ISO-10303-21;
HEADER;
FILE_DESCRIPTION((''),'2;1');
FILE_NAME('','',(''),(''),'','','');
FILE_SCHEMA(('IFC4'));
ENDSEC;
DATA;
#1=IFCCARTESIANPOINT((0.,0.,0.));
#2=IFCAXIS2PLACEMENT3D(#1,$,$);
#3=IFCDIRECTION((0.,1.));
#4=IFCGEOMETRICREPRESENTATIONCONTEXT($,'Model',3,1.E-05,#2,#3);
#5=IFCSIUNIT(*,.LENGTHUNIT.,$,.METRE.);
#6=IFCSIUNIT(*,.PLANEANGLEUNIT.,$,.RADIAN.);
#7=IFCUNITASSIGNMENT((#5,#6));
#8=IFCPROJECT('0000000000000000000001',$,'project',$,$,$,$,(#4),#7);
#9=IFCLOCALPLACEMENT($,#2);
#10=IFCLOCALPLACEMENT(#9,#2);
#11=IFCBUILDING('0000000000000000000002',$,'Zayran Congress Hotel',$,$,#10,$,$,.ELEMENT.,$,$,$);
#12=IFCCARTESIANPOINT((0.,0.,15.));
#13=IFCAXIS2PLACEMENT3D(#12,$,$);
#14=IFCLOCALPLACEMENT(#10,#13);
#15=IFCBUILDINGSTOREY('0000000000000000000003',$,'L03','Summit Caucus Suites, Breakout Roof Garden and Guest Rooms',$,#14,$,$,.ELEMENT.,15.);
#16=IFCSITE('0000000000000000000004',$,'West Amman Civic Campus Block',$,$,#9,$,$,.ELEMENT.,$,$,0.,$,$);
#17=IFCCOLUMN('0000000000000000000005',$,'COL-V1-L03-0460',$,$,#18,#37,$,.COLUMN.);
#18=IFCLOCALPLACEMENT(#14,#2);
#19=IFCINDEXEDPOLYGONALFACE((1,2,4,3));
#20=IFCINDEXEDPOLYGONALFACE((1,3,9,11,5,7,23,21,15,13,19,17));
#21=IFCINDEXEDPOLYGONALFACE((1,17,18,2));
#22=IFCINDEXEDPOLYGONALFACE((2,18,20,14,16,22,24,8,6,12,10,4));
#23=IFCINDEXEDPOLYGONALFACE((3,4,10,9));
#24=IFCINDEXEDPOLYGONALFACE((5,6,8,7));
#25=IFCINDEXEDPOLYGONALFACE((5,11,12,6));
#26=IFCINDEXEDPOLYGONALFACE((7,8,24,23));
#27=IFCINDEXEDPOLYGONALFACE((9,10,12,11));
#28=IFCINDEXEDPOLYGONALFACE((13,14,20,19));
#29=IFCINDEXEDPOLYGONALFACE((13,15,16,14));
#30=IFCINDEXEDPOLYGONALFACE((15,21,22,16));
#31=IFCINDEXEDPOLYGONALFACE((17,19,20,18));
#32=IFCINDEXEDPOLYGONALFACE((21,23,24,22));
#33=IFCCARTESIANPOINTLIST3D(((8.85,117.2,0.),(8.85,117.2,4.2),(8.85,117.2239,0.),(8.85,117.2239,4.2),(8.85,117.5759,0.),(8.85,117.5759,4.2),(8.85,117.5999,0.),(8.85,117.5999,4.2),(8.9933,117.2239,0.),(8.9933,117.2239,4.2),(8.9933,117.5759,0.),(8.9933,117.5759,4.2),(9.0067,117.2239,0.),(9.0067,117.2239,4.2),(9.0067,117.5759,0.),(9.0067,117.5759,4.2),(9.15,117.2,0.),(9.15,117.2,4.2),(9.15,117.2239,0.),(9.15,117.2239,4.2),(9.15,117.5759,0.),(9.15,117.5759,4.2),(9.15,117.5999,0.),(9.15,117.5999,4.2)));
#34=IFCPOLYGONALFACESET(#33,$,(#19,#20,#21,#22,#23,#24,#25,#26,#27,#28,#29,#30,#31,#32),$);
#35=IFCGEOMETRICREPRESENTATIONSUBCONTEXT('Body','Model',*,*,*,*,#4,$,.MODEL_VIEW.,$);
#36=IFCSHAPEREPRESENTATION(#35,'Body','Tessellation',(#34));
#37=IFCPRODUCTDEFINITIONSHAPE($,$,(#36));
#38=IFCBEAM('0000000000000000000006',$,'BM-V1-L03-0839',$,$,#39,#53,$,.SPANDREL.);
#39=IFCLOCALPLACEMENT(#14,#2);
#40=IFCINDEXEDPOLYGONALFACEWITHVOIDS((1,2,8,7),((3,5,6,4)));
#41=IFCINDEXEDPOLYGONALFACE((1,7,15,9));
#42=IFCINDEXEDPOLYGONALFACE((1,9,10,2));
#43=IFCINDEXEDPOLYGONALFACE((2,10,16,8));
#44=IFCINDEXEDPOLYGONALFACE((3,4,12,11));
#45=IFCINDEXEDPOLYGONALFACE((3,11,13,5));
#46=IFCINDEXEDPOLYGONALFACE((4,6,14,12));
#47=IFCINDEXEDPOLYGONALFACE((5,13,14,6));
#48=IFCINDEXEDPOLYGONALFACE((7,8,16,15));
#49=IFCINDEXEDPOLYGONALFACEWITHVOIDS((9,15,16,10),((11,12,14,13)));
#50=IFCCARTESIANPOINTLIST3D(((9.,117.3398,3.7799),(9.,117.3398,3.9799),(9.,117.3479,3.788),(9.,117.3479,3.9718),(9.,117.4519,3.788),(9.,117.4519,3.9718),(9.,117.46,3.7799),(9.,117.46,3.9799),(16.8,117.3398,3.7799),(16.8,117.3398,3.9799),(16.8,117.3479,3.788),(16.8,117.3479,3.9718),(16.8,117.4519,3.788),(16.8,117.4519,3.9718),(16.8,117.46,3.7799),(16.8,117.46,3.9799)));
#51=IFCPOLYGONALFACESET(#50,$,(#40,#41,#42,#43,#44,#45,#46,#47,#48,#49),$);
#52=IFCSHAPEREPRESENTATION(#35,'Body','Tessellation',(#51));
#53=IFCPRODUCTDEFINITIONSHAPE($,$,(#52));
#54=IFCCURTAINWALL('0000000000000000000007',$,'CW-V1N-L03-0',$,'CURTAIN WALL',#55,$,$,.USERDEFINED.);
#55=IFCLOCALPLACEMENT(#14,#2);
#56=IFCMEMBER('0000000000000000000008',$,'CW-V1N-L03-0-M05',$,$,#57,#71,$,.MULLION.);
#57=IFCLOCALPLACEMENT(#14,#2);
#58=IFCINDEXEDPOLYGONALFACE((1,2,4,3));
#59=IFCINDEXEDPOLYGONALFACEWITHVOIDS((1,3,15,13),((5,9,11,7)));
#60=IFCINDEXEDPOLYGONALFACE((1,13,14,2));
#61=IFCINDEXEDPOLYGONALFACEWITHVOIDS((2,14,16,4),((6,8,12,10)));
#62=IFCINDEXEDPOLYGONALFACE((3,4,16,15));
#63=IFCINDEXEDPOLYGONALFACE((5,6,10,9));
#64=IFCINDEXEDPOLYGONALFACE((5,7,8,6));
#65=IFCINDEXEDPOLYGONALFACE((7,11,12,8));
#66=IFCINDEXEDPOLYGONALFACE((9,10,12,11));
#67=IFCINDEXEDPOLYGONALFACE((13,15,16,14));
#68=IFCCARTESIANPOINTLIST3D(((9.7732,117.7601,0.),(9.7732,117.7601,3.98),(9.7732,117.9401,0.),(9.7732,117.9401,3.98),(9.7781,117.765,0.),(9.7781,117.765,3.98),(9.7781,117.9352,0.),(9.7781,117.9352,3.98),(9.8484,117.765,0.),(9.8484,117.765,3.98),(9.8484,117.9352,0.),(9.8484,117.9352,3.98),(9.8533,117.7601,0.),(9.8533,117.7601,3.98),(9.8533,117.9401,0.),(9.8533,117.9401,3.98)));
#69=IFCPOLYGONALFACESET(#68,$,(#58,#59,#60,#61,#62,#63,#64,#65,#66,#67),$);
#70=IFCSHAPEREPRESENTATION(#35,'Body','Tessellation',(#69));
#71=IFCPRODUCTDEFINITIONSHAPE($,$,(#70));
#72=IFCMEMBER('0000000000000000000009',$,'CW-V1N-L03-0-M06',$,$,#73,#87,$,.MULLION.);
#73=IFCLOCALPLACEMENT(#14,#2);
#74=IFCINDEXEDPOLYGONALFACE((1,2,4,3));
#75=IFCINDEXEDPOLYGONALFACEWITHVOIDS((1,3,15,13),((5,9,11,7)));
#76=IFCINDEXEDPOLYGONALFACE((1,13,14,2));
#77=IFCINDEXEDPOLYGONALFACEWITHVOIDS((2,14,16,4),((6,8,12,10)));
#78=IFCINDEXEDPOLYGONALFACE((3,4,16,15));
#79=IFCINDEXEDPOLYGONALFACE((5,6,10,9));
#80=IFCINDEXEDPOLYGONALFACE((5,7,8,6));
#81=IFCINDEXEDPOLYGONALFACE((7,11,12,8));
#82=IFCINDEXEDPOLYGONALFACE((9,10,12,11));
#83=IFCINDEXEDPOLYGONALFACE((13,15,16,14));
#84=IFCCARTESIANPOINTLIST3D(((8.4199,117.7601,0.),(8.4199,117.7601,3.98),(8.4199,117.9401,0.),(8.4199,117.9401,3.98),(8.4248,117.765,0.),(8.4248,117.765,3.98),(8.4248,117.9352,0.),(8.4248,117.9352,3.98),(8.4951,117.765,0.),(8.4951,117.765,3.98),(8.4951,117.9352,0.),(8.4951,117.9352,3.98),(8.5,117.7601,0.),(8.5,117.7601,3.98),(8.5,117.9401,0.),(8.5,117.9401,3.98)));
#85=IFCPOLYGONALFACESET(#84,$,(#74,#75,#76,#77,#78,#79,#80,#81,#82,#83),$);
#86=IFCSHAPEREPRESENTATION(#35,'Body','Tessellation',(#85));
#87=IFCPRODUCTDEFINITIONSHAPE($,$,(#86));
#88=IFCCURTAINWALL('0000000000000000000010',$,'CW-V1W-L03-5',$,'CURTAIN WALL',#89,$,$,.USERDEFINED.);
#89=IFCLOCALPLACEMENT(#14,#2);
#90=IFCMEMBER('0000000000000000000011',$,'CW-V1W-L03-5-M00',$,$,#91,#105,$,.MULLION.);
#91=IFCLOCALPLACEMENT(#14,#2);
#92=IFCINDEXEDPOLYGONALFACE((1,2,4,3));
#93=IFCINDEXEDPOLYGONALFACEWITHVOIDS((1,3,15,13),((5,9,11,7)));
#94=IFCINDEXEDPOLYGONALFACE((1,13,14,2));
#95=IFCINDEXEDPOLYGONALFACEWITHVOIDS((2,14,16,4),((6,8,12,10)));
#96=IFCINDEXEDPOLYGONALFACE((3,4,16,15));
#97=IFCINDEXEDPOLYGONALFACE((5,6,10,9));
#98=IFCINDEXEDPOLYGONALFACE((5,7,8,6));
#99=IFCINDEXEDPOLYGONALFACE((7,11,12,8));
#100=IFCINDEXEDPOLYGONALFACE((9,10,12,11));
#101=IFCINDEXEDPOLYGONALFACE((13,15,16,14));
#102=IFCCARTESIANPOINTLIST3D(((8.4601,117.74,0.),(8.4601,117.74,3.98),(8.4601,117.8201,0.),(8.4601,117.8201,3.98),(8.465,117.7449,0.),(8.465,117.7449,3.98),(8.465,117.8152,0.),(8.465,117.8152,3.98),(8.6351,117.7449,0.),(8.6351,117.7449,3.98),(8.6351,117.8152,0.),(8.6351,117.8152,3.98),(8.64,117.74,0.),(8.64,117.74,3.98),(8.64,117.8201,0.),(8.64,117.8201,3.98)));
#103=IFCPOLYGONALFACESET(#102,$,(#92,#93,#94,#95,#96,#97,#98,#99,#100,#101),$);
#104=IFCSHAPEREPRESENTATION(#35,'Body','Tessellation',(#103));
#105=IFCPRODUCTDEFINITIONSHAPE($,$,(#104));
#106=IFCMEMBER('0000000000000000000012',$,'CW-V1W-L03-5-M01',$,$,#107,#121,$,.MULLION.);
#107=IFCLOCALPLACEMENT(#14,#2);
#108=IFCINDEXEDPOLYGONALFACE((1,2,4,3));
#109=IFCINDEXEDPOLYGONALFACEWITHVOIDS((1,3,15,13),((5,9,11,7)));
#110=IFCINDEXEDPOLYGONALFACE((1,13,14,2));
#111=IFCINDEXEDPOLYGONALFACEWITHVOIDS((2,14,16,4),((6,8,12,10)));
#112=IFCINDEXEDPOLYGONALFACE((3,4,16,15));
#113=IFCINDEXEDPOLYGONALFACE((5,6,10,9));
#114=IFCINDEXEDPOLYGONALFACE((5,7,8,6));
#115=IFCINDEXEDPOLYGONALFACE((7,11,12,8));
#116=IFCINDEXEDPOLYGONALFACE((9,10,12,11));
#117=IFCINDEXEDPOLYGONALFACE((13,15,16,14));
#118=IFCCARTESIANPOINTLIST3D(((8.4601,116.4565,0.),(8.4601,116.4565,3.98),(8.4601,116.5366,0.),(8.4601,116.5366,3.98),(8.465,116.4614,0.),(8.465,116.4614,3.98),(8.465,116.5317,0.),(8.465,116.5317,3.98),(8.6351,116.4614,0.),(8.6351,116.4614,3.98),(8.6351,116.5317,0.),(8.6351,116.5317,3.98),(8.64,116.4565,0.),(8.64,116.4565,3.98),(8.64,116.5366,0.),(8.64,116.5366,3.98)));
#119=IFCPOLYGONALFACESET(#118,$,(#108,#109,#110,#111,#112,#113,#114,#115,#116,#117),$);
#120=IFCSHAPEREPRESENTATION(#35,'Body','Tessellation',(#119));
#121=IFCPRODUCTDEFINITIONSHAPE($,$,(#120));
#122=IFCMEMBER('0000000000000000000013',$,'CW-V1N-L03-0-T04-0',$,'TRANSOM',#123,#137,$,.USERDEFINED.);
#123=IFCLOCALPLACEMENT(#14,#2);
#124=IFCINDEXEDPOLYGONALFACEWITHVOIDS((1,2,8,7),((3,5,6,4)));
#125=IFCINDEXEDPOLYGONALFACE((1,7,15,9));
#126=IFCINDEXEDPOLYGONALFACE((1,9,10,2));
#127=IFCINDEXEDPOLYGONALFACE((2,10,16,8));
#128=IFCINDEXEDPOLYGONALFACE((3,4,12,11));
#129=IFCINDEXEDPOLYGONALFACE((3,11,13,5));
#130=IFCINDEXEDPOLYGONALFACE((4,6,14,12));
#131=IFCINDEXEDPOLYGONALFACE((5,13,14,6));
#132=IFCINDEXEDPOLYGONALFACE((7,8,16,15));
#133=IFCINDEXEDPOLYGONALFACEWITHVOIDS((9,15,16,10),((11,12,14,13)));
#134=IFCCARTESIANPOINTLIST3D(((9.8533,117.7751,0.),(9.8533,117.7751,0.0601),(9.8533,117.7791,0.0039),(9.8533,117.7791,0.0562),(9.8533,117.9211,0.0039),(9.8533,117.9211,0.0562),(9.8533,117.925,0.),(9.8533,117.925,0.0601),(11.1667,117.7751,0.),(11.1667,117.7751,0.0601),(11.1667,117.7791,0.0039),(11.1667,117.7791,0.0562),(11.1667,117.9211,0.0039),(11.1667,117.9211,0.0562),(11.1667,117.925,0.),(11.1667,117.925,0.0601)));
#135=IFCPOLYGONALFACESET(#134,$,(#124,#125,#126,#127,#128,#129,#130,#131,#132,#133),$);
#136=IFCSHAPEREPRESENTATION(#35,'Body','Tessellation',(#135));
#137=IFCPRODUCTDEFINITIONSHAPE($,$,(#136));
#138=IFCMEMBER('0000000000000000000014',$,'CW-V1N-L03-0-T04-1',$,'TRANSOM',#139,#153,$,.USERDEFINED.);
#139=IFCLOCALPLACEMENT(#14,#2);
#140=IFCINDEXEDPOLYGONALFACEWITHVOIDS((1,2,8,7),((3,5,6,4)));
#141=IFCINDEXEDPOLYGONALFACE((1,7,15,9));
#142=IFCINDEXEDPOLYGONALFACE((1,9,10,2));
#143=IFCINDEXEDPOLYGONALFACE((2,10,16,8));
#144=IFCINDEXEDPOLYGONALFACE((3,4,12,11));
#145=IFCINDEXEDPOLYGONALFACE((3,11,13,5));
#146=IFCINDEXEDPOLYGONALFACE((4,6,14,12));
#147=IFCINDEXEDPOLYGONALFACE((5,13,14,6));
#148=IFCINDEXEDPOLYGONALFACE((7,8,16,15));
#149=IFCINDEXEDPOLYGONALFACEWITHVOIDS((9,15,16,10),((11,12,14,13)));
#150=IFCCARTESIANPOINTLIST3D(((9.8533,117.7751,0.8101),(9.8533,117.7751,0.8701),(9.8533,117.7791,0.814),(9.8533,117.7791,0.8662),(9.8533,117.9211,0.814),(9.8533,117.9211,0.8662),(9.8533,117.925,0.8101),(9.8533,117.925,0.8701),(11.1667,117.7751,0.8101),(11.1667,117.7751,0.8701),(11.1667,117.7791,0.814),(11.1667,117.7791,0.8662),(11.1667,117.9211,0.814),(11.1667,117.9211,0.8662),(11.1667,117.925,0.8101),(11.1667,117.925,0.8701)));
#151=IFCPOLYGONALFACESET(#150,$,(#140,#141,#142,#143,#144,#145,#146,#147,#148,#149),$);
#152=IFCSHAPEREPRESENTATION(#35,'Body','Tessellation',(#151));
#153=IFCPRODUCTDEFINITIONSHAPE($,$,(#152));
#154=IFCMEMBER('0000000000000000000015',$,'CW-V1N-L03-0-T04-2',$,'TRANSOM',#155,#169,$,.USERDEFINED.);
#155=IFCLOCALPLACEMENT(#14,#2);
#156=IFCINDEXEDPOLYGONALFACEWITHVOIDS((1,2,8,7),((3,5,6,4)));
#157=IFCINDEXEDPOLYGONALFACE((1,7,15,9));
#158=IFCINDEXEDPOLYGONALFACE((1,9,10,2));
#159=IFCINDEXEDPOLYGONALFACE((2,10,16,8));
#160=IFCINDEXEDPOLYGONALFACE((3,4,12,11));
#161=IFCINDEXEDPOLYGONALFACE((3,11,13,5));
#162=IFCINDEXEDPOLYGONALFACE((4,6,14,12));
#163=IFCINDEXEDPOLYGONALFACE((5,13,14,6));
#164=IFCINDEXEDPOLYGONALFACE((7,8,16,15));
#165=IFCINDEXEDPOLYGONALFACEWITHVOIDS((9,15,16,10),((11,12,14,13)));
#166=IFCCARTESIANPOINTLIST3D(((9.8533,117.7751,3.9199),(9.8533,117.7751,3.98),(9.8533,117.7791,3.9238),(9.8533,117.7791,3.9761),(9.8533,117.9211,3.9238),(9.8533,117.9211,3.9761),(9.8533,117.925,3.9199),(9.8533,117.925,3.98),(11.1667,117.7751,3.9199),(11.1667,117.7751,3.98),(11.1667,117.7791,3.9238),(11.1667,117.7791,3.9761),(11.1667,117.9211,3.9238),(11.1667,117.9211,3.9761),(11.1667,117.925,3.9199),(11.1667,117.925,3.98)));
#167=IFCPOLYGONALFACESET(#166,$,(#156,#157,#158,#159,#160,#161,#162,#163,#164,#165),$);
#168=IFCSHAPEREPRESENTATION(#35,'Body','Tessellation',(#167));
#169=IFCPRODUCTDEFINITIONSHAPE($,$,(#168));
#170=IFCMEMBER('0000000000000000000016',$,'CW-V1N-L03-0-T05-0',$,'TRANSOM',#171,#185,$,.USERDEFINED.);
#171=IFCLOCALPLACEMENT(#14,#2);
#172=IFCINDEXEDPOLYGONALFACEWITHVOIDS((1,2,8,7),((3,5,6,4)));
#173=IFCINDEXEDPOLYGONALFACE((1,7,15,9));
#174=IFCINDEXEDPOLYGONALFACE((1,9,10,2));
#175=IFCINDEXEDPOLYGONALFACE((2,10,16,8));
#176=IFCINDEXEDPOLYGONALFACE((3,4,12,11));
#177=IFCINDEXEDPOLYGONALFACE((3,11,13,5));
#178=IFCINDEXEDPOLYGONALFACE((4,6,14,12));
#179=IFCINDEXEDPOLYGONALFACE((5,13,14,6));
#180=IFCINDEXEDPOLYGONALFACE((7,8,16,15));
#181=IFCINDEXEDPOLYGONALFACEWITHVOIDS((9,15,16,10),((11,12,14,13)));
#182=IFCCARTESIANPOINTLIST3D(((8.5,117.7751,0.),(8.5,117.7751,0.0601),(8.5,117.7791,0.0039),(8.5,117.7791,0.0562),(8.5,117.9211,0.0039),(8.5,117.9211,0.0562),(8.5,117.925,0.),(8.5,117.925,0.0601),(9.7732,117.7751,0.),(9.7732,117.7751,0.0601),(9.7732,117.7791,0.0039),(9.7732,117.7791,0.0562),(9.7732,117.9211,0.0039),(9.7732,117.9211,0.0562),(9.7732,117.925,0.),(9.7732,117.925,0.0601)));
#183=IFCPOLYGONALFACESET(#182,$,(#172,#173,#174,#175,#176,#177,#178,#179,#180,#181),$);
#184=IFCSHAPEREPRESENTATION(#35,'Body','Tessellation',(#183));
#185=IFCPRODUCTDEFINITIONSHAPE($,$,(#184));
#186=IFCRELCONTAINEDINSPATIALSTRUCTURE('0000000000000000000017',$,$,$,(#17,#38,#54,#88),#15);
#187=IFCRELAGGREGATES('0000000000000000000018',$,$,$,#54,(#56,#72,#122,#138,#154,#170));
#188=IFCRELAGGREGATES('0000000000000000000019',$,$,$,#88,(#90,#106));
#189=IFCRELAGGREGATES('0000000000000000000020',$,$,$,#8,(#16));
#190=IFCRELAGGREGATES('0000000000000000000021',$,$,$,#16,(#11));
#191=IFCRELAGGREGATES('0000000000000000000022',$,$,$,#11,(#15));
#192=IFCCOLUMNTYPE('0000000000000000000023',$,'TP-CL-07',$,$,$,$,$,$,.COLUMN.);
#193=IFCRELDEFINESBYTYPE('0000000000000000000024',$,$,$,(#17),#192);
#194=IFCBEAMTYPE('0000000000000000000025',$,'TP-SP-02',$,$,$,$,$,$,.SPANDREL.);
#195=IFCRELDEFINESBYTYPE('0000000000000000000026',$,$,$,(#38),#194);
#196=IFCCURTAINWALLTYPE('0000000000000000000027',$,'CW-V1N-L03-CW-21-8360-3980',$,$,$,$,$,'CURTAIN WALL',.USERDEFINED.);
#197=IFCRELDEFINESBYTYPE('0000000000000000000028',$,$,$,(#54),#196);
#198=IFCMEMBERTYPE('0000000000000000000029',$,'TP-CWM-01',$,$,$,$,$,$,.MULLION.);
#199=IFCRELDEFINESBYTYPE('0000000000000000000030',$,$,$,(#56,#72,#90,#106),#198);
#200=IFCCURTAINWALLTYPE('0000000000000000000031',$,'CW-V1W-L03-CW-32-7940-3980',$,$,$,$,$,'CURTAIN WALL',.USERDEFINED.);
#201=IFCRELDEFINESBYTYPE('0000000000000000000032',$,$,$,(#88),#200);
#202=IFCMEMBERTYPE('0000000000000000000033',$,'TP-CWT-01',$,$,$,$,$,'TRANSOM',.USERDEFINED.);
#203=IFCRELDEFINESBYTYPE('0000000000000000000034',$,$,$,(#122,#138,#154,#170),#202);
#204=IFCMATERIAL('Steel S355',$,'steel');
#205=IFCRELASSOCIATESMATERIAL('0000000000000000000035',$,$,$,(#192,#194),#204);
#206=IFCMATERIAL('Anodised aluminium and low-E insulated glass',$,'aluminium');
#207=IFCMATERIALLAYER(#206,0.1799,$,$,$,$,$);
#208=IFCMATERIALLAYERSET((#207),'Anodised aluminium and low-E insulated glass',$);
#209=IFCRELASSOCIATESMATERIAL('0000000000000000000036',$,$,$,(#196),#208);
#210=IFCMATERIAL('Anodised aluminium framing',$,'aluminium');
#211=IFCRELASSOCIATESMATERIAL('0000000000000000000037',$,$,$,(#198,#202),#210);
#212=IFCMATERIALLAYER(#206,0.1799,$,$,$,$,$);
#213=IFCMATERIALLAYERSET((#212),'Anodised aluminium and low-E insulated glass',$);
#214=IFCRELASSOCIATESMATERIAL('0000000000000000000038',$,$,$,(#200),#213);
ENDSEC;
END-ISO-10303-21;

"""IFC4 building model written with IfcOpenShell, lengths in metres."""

from ifc_helpers import new_model, si_unit, direction, frame, origin, origin_2d, place, context, subcontext, project, spatial, hollow_rectangle, i_section, extrude, material, layer, layer_set, material_profile, profile_set, type_object, element, aggregate, save


model = new_model("IFC4")

# Units and contexts
model_context = context("Model", 3, precision=1e-05, world=origin(), true_north=direction((0.0, 1.0)))
body_context = subcontext(model_context, "Body", "Model", "MODEL_VIEW")
ifc_project = project(units=[si_unit("LENGTHUNIT", "METRE"), si_unit("PLANEANGLEUNIT", "RADIAN")], contexts=[model_context])

# Site, building, storey
site_placement = place(None, origin())
site = spatial("IfcSite", under=ifc_project, at=site_placement, Name="West Amman Civic Campus Block", CompositionType="ELEMENT", RefElevation=0.0)
building_placement = place(site_placement, origin())
building = spatial("IfcBuilding", under=site, at=building_placement, Name="Zayran Congress Hotel", CompositionType="ELEMENT")
storey_placement = place(building_placement, frame((0.0, 0.0, 15.0)))
storey = spatial("IfcBuildingStorey", under=building, at=storey_placement, Name="L03", Description="Summit Caucus Suites, Breakout Roof Garden and Guest Rooms", CompositionType="ELEMENT", Elevation=15.0)

# Column
ifc_material_1 = material(Name="Steel S355", Category="steel")
ifc_material_profile_1 = material_profile(ifc_material_1, i_section(OverallWidth=0.3, OverallDepth=0.3999, WebThickness=0.0134, FlangeThickness=0.0239, at=origin_2d()), Name="HEB 400")
ifc_profile_set_1 = profile_set([ifc_material_profile_1], Name="Steel S355")
column_type = type_object("IfcColumnType", Name="TP-CL-07", PredefinedType="COLUMN", material=ifc_profile_set_1)
column_placement = place(storey_placement, frame((9.0, 117.3999, 0.0), z_axis=(0.0, 0.0, 1.0), x_axis=(1.0, 0.0, 0.0)))
element("IfcColumn", 1, at=column_placement, inside=storey, type_object=column_type, Name="COL-V1-L03-0460", PredefinedType="COLUMN", context=body_context, shape_type="SweptSolid", body=[
    extrude(i_section(OverallWidth=0.3, OverallDepth=0.3999, WebThickness=0.0134, FlangeThickness=0.0239, at=origin_2d()), origin(), (0.0, 0.0, 1.0), 4.2),
])

# Beam
ifc_material_profile_2 = material_profile(ifc_material_1, hollow_rectangle(XDim=0.1201, YDim=0.2, WallThickness=0.0081, at=origin_2d()), Name="RHS 200x120x8")
ifc_profile_set_2 = profile_set([ifc_material_profile_2], Name="Steel S355")
beam_type = type_object("IfcBeamType", Name="TP-SP-02", PredefinedType="SPANDREL", material=ifc_profile_set_2)
beam_placement = place(storey_placement, frame((9.0, 117.3999, 3.8799), z_axis=(1.0, 0.0, 0.0), x_axis=(0.0, 1.0, 0.0)))
element("IfcBeam", 2, at=beam_placement, inside=storey, type_object=beam_type, Name="BM-V1-L03-0839", PredefinedType="SPANDREL", context=body_context, shape_type="SweptSolid", body=[
    extrude(hollow_rectangle(XDim=0.1201, YDim=0.2, WallThickness=0.0081, at=origin_2d()), origin(), (0.0, 0.0, 1.0), 7.8),
])

# Curtain walls, members
ifc_material_2 = material(Name="Anodised aluminium and low-E insulated glass", Category="aluminium")
ifc_layer_1 = layer(ifc_material_2, 0.1799)
ifc_layer_set_1 = layer_set([ifc_layer_1], Name="Anodised aluminium and low-E insulated glass")
curtain_wall_type_1 = type_object("IfcCurtainWallType", Name="CW-V1N-L03-CW-21-8360-3980", ElementType="CURTAIN WALL", PredefinedType="USERDEFINED", material=ifc_layer_set_1)
curtain_wall_1_placement = place(storey_placement, origin())
curtain_wall_1 = element("IfcCurtainWall", 3, at=curtain_wall_1_placement, inside=storey, type_object=curtain_wall_type_1, Name="CW-V1N-L03-0", ObjectType="CURTAIN WALL", PredefinedType="USERDEFINED")
ifc_material_3 = material(Name="Anodised aluminium framing", Category="aluminium")
ifc_material_profile_3 = material_profile(ifc_material_3, hollow_rectangle(XDim=0.0801, YDim=0.1799, WallThickness=0.0049, at=origin_2d()), Name="RHS 180x80x5")
ifc_profile_set_3 = profile_set([ifc_material_profile_3], Name="Anodised aluminium framing")
member_type_1 = type_object("IfcMemberType", Name="TP-CWM-01", PredefinedType="MULLION", material=ifc_profile_set_3)
member_1_placement = place(storey_placement, frame((9.8132, 117.8501, 0.0), z_axis=(0.0, 0.0, 1.0), x_axis=(1.0, 0.0, 0.0)))
member_1 = element("IfcMember", 4, at=member_1_placement, type_object=member_type_1, Name="CW-V1N-L03-0-M05", PredefinedType="MULLION", context=body_context, shape_type="SweptSolid", body=[
    extrude(hollow_rectangle(XDim=0.0801, YDim=0.1799, WallThickness=0.0049, at=origin_2d()), origin(), (0.0, 0.0, 1.0), 3.98),
])
member_2_placement = place(storey_placement, frame((8.46, 117.8501, 0.0), z_axis=(0.0, 0.0, 1.0), x_axis=(1.0, 0.0, 0.0)))
member_2 = element("IfcMember", 5, at=member_2_placement, type_object=member_type_1, Name="CW-V1N-L03-0-M06", PredefinedType="MULLION", context=body_context, shape_type="SweptSolid", body=[
    extrude(hollow_rectangle(XDim=0.0801, YDim=0.1799, WallThickness=0.0049, at=origin_2d()), origin(), (0.0, 0.0, 1.0), 3.98),
])
ifc_layer_2 = layer(ifc_material_2, 0.1799)
ifc_layer_set_2 = layer_set([ifc_layer_2], Name="Anodised aluminium and low-E insulated glass")
curtain_wall_type_2 = type_object("IfcCurtainWallType", Name="CW-V1W-L03-CW-32-7940-3980", ElementType="CURTAIN WALL", PredefinedType="USERDEFINED", material=ifc_layer_set_2)
curtain_wall_2_placement = place(storey_placement, origin())
curtain_wall_2 = element("IfcCurtainWall", 6, at=curtain_wall_2_placement, inside=storey, type_object=curtain_wall_type_2, Name="CW-V1W-L03-5", ObjectType="CURTAIN WALL", PredefinedType="USERDEFINED")
member_3_placement = place(storey_placement, frame((8.55, 117.78, 0.0), z_axis=(0.0, 0.0, 1.0), x_axis=(0.0, 1.0, 0.0)))
member_3 = element("IfcMember", 7, at=member_3_placement, type_object=member_type_1, Name="CW-V1W-L03-5-M00", PredefinedType="MULLION", context=body_context, shape_type="SweptSolid", body=[
    extrude(hollow_rectangle(XDim=0.0801, YDim=0.1799, WallThickness=0.0049, at=origin_2d()), origin(), (0.0, 0.0, 1.0), 3.98),
])
member_4_placement = place(storey_placement, frame((8.55, 116.4966, 0.0), z_axis=(0.0, 0.0, 1.0), x_axis=(0.0, 1.0, 0.0)))
member_4 = element("IfcMember", 8, at=member_4_placement, type_object=member_type_1, Name="CW-V1W-L03-5-M01", PredefinedType="MULLION", context=body_context, shape_type="SweptSolid", body=[
    extrude(hollow_rectangle(XDim=0.0801, YDim=0.1799, WallThickness=0.0049, at=origin_2d()), origin(), (0.0, 0.0, 1.0), 3.98),
])

# Members
ifc_material_profile_4 = material_profile(ifc_material_3, hollow_rectangle(XDim=0.0601, YDim=0.1499, WallThickness=0.0039, at=origin_2d()), Name="RHS 150x60x4")
ifc_profile_set_4 = profile_set([ifc_material_profile_4], Name="Anodised aluminium framing")
member_type_2 = type_object("IfcMemberType", Name="TP-CWT-01", ElementType="TRANSOM", PredefinedType="USERDEFINED", material=ifc_profile_set_4)
member_5_placement = place(storey_placement, frame((11.1667, 117.8501, 0.03), z_axis=(-1.0, 0.0, 0.0), x_axis=(0.0, 0.0, 1.0)))
member_5 = element("IfcMember", 9, at=member_5_placement, type_object=member_type_2, Name="CW-V1N-L03-0-T04-0", ObjectType="TRANSOM", PredefinedType="USERDEFINED", context=body_context, shape_type="SweptSolid", body=[
    extrude(hollow_rectangle(XDim=0.0601, YDim=0.1499, WallThickness=0.0039, at=origin_2d()), origin(), (0.0, 0.0, 1.0), 1.3135),
])
member_6_placement = place(storey_placement, frame((11.1667, 117.8501, 0.8401), z_axis=(-1.0, 0.0, 0.0), x_axis=(0.0, 0.0, 1.0)))
member_6 = element("IfcMember", 10, at=member_6_placement, type_object=member_type_2, Name="CW-V1N-L03-0-T04-1", ObjectType="TRANSOM", PredefinedType="USERDEFINED", context=body_context, shape_type="SweptSolid", body=[
    extrude(hollow_rectangle(XDim=0.0601, YDim=0.1499, WallThickness=0.0039, at=origin_2d()), origin(), (0.0, 0.0, 1.0), 1.3135),
])
member_7_placement = place(storey_placement, frame((11.1667, 117.8501, 3.95), z_axis=(-1.0, 0.0, 0.0), x_axis=(0.0, 0.0, 1.0)))
member_7 = element("IfcMember", 11, at=member_7_placement, type_object=member_type_2, Name="CW-V1N-L03-0-T04-2", ObjectType="TRANSOM", PredefinedType="USERDEFINED", context=body_context, shape_type="SweptSolid", body=[
    extrude(hollow_rectangle(XDim=0.0601, YDim=0.1499, WallThickness=0.0039, at=origin_2d()), origin(), (0.0, 0.0, 1.0), 1.3135),
])
member_8_placement = place(storey_placement, frame((9.7732, 117.8501, 0.03), z_axis=(-1.0, 0.0, 0.0), x_axis=(0.0, 0.0, 1.0)))
member_8 = element("IfcMember", 12, at=member_8_placement, type_object=member_type_2, Name="CW-V1N-L03-0-T05-0", ObjectType="TRANSOM", PredefinedType="USERDEFINED", context=body_context, shape_type="SweptSolid", body=[
    extrude(hollow_rectangle(XDim=0.0601, YDim=0.1499, WallThickness=0.0039, at=origin_2d()), origin(), (0.0, 0.0, 1.0), 1.2732),
])

aggregate(curtain_wall_1, [member_1, member_2, member_5, member_6, member_7, member_8])
aggregate(curtain_wall_2, [member_3, member_4])

save(model, "model.ifc")
